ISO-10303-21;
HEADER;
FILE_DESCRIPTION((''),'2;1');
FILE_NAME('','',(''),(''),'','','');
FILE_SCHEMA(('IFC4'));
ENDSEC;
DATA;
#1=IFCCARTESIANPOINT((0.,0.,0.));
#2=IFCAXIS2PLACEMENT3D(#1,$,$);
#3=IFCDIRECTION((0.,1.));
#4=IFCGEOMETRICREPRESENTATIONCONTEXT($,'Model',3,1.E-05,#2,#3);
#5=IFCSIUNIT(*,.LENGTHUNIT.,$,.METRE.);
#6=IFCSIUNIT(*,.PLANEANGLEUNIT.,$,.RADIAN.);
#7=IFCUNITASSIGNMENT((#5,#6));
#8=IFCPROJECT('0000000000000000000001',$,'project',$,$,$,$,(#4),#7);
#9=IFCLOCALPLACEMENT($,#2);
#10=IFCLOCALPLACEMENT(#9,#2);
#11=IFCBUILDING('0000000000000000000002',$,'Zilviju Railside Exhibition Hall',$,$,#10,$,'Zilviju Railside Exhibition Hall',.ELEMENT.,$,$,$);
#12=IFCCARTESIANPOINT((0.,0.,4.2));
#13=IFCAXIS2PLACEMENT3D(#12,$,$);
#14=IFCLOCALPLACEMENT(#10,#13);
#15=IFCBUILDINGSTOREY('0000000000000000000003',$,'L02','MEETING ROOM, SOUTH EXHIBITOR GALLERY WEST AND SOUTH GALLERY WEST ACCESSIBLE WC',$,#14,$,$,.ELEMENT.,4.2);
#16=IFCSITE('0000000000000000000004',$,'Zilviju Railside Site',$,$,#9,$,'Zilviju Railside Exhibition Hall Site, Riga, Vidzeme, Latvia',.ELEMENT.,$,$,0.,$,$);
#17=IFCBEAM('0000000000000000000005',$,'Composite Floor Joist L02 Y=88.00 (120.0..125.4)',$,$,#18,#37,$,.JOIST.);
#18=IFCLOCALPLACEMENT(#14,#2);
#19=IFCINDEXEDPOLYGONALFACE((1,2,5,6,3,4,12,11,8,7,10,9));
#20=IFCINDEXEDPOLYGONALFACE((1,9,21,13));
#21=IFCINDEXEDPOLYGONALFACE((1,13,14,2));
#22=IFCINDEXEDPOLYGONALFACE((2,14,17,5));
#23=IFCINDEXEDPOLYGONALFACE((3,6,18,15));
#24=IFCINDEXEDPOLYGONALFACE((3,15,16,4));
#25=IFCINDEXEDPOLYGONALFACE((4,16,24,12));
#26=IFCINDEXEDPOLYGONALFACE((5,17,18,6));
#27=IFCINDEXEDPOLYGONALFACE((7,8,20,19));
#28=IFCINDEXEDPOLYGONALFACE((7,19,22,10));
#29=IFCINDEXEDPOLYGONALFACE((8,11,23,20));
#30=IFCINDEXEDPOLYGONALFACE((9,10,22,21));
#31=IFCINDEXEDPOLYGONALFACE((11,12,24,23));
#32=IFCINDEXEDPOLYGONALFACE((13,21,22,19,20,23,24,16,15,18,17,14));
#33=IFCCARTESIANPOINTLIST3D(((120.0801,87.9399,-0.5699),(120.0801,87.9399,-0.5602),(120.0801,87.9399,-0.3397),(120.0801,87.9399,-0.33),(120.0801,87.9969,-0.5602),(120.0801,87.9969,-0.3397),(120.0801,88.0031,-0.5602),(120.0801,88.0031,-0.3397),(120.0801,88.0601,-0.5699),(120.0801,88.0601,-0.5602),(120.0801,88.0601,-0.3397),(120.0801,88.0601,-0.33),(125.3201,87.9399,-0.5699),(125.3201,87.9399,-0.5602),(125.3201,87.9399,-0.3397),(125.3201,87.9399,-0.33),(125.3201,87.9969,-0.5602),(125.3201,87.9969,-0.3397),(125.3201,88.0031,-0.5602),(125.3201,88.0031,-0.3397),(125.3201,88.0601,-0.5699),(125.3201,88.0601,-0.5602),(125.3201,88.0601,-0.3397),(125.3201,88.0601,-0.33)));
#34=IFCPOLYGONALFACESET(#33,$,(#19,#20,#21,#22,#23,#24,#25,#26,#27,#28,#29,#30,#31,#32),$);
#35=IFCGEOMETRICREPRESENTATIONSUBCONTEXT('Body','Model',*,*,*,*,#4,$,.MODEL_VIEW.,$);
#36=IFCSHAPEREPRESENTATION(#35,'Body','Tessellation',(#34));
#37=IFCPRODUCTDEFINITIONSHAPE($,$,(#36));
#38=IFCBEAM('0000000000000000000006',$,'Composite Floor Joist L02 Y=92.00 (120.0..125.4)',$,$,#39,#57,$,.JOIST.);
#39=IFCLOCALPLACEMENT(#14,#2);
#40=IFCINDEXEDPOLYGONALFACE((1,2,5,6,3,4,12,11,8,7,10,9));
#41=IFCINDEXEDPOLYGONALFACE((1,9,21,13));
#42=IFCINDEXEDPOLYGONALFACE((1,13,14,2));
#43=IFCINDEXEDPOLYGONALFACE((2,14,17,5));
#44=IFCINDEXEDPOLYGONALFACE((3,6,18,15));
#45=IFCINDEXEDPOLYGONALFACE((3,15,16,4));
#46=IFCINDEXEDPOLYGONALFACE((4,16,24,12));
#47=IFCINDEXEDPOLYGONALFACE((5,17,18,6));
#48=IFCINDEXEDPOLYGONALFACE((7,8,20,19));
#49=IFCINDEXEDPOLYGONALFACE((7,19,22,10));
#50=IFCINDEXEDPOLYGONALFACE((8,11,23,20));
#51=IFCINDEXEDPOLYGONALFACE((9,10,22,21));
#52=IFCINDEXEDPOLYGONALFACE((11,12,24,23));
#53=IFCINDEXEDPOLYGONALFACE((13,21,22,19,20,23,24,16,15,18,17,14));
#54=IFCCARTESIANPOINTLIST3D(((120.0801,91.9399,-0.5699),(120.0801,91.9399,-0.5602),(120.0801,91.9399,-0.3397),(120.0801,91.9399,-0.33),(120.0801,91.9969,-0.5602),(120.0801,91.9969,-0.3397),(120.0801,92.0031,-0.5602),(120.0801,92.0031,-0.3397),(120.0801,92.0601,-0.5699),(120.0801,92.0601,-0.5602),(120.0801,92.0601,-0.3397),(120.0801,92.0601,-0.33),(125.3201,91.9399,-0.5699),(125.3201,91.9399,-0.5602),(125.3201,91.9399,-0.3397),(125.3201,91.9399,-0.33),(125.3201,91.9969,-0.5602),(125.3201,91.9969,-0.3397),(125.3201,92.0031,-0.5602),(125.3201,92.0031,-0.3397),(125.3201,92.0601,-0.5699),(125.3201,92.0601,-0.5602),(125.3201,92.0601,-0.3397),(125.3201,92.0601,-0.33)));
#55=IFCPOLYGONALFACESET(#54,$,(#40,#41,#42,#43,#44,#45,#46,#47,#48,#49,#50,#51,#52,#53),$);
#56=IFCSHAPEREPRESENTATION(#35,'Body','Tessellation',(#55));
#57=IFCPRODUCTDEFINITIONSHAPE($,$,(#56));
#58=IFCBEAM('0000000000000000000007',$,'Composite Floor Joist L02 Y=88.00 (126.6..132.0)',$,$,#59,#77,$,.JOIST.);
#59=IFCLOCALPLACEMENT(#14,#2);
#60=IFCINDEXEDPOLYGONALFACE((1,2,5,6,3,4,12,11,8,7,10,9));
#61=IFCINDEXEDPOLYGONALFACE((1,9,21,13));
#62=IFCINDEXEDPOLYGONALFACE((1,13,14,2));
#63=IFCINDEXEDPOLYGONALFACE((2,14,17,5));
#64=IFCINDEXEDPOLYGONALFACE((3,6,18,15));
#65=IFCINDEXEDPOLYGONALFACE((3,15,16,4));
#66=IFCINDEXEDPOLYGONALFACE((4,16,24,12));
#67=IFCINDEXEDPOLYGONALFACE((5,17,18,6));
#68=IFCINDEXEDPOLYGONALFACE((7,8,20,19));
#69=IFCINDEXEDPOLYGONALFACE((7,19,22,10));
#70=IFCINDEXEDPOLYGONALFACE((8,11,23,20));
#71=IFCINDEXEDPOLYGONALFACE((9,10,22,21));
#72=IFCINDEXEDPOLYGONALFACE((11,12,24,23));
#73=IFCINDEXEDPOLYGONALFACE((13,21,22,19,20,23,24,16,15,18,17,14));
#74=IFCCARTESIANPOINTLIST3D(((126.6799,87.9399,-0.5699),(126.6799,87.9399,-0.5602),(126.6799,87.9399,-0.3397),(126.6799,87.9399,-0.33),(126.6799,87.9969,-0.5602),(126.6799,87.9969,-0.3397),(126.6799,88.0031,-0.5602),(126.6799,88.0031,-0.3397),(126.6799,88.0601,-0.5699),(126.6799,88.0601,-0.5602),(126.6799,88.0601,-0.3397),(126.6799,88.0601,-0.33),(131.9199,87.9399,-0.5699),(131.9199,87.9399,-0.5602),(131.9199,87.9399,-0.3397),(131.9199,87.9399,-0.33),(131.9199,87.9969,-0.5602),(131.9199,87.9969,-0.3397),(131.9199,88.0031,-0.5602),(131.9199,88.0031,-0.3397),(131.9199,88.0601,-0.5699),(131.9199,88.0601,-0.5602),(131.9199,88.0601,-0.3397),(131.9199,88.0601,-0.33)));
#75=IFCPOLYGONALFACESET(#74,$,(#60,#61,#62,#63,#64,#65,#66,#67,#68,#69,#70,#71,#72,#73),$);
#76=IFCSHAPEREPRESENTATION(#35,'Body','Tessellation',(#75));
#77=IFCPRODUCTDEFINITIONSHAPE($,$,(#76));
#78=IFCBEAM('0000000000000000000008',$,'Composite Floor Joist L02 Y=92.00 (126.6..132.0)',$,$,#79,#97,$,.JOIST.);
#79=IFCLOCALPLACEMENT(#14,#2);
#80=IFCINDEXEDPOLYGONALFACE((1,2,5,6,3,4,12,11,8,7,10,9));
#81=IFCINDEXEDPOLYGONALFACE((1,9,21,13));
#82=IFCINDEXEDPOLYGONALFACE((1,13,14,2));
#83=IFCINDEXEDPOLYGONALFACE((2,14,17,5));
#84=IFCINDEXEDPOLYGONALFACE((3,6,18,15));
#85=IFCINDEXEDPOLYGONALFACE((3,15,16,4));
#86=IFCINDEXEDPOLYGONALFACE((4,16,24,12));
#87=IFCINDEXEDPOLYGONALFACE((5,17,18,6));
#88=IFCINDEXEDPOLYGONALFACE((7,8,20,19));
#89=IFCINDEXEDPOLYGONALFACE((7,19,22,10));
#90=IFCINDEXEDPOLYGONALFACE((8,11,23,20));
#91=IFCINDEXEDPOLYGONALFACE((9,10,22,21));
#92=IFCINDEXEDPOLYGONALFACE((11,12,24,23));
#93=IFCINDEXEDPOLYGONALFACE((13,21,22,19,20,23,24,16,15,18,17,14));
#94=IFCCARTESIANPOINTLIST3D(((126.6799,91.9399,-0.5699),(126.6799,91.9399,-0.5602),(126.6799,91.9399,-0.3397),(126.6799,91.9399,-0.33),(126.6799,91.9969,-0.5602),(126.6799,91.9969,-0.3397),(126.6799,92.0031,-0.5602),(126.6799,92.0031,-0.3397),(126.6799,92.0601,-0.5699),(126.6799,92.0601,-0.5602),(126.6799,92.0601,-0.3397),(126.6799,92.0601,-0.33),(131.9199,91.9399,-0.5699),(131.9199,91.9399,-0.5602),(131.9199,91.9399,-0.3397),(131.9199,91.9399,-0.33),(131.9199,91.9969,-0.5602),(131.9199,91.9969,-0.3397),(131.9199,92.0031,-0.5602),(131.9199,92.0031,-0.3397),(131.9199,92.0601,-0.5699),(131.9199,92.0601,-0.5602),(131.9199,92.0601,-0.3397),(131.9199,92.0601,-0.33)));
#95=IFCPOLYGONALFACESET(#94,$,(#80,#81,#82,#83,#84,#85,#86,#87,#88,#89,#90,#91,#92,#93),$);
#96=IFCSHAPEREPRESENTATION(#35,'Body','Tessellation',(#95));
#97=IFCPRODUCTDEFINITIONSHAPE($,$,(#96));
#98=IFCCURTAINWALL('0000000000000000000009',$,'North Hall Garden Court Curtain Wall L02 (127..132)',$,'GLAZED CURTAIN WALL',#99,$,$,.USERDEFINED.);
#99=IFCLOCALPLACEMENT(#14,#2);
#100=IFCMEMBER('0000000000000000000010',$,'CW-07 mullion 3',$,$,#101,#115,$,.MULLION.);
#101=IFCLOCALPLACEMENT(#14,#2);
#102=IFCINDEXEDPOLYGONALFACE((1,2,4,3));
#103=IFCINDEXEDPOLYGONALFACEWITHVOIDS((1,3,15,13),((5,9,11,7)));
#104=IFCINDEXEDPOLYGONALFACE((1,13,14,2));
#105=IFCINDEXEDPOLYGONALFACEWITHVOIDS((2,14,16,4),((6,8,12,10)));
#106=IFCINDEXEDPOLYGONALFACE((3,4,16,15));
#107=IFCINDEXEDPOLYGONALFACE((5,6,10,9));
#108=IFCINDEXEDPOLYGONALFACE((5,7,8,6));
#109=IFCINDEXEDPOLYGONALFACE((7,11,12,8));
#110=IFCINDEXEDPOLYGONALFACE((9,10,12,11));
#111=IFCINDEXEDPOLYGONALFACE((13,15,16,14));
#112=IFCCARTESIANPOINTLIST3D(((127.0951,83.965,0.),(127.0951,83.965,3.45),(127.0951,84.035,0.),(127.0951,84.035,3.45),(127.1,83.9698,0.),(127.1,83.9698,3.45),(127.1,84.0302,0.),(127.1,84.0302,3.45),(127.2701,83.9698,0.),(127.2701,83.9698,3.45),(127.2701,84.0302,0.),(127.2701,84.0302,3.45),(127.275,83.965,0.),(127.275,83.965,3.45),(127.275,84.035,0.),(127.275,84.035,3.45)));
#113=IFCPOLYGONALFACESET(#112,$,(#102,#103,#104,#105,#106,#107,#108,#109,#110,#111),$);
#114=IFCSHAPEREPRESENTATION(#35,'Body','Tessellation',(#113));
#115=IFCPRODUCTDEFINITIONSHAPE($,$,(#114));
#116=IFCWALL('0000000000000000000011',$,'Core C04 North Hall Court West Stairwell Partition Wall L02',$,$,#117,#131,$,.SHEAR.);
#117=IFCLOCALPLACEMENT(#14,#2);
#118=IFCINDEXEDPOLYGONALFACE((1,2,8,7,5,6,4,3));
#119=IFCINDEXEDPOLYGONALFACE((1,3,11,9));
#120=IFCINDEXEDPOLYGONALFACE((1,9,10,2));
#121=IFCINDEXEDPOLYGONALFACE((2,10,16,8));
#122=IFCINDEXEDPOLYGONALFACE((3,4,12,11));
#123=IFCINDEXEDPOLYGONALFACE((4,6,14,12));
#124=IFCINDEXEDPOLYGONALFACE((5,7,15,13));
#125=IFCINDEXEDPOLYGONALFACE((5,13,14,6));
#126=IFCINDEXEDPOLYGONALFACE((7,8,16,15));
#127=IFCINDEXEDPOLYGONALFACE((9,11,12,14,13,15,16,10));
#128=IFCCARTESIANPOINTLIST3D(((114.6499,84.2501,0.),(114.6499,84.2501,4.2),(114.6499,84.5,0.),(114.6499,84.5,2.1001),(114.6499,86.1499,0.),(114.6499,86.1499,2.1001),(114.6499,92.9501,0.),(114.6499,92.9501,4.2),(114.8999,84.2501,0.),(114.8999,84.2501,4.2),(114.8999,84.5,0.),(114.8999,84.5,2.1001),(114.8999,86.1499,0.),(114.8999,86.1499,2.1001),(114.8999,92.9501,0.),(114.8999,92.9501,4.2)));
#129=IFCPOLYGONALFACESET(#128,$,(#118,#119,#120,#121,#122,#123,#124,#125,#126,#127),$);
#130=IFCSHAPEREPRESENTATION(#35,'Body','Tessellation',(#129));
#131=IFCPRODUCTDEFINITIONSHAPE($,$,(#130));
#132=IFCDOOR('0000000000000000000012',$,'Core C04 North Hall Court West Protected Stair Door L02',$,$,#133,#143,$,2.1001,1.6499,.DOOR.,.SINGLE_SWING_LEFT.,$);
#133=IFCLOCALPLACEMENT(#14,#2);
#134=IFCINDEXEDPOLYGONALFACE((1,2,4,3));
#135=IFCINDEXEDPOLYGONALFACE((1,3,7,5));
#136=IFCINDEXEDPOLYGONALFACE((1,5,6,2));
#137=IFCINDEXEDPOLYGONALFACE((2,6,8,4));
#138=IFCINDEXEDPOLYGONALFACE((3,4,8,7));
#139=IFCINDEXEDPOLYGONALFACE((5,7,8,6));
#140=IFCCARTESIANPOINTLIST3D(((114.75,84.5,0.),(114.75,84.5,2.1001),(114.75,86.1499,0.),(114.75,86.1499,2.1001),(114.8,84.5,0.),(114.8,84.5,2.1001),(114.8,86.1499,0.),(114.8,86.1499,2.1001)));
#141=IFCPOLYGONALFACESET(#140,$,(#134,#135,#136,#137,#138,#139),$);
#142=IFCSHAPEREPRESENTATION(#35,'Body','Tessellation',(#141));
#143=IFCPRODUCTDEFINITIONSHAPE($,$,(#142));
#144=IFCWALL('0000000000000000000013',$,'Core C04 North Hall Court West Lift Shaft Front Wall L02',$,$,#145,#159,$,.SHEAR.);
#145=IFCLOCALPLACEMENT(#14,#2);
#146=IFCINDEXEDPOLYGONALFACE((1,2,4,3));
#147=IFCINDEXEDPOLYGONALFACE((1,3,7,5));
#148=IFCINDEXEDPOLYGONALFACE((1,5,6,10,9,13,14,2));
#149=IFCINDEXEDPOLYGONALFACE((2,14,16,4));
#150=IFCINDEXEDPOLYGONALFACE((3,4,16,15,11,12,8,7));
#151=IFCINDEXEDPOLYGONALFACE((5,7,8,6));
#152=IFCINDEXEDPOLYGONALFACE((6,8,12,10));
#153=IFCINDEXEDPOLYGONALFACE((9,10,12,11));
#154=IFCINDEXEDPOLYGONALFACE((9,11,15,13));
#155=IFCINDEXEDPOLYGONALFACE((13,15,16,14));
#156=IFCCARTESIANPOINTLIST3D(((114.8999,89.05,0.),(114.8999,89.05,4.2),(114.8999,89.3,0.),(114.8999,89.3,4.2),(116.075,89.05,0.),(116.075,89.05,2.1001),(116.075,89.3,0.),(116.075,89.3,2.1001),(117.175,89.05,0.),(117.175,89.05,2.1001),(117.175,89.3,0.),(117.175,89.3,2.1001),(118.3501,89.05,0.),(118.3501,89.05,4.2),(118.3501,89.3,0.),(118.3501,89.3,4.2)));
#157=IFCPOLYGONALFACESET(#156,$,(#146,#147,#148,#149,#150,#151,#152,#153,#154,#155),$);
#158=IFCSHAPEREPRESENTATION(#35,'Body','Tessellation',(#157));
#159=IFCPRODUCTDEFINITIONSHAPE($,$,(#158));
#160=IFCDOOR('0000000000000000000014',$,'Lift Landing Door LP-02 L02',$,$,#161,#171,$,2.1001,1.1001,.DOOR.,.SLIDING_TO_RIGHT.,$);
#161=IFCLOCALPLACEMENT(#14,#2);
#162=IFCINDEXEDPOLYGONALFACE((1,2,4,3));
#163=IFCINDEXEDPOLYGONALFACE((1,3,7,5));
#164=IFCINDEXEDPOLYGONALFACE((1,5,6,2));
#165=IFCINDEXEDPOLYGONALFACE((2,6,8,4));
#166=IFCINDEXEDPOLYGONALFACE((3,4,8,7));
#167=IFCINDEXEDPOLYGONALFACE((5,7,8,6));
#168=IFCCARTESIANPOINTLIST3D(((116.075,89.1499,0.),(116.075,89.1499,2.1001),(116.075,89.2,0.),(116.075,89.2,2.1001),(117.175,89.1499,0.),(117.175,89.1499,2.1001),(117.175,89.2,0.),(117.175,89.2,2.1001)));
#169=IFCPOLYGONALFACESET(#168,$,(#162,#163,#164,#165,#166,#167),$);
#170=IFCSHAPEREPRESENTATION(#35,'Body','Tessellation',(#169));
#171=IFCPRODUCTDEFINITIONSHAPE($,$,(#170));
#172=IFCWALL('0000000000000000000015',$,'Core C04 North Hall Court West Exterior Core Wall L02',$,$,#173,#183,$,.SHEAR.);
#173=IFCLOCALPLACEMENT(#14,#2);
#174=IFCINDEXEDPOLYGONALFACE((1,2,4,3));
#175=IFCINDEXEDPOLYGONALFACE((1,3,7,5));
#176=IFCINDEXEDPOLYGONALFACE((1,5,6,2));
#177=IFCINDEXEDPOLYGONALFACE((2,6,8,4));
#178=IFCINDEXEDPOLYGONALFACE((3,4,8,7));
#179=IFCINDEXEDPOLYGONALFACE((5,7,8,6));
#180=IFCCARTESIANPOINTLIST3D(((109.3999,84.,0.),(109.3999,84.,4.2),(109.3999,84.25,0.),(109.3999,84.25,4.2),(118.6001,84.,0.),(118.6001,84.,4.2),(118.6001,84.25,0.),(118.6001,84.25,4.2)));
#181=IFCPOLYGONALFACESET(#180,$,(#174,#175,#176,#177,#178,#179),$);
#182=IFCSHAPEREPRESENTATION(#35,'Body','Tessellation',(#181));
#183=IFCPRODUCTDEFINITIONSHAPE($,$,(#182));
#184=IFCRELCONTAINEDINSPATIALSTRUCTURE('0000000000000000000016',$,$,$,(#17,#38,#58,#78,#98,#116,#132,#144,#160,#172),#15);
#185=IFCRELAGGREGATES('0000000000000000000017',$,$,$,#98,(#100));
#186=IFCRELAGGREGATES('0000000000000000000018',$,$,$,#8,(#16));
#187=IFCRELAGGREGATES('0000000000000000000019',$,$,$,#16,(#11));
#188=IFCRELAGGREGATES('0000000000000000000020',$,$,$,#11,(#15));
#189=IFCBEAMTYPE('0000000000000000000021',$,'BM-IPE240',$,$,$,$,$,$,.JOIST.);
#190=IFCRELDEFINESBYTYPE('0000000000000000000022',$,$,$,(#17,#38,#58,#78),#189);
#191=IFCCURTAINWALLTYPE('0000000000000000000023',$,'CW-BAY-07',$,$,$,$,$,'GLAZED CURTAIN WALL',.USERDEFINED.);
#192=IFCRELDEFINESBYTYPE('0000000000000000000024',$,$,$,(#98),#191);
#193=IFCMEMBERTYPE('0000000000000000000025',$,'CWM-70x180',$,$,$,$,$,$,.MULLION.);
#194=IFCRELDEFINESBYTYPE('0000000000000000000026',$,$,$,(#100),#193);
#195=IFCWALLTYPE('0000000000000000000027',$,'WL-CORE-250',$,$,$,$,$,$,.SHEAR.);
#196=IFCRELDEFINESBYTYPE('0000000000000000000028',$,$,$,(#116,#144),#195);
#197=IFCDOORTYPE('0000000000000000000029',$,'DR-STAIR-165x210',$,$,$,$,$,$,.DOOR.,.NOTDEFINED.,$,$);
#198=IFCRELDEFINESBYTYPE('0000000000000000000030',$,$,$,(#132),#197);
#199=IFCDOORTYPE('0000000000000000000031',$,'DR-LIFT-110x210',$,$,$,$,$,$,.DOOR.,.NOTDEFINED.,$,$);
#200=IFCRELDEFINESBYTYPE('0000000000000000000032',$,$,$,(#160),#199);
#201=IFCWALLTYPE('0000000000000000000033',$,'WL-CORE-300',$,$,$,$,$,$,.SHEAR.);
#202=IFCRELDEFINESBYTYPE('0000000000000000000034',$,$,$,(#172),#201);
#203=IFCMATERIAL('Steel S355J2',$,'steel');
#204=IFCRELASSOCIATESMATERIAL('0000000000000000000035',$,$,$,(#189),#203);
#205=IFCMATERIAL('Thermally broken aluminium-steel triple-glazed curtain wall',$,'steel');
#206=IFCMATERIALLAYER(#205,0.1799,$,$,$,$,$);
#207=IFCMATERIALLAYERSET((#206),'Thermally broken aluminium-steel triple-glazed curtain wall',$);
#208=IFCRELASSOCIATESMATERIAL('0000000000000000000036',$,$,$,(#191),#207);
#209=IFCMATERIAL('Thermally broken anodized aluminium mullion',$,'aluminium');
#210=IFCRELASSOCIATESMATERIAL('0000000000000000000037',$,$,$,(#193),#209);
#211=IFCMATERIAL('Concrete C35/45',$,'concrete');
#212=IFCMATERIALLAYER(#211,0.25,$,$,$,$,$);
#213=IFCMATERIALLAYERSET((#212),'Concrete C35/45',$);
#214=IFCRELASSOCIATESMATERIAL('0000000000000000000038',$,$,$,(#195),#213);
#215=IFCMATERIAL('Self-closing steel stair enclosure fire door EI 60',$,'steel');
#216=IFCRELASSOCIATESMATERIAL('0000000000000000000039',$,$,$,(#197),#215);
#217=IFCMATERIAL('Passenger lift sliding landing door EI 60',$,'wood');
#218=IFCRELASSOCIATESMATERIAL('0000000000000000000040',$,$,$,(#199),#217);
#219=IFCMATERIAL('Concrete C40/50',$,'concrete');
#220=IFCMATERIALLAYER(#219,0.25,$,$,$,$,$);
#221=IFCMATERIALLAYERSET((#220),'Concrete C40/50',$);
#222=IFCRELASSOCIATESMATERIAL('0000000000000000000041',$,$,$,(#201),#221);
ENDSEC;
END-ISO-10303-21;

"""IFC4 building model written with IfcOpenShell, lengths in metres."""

from ifc_helpers import new_model, si_unit, direction, frame, frame_2d, origin, origin_2d, place, context, subcontext, project, spatial, rectangle, hollow_rectangle, i_section, extrude, material, layer, layer_set, material_profile, profile_set, type_object, element, fill, aggregate, save


model = new_model("IFC4")

# Units and contexts
model_context = context("Model", 3, precision=1e-05, world=origin(), true_north=direction((0.0, 1.0)))
body_context = subcontext(model_context, "Body", "Model", "MODEL_VIEW")
ifc_project = project(units=[si_unit("LENGTHUNIT", "METRE"), si_unit("PLANEANGLEUNIT", "RADIAN")], contexts=[model_context])

# Site, building, storey
site_placement = place(None, origin())
site = spatial("IfcSite", under=ifc_project, at=site_placement, Name="Zilviju Railside Site", LongName="Zilviju Railside Exhibition Hall Site, Riga, Vidzeme, Latvia", CompositionType="ELEMENT", RefElevation=0.0)
building_placement = place(site_placement, origin())
building = spatial("IfcBuilding", under=site, at=building_placement, Name="Zilviju Railside Exhibition Hall", LongName="Zilviju Railside Exhibition Hall", CompositionType="ELEMENT")
storey_placement = place(building_placement, frame((0.0, 0.0, 4.2)))
storey = spatial("IfcBuildingStorey", under=building, at=storey_placement, Name="L02", Description="MEETING ROOM, SOUTH EXHIBITOR GALLERY WEST AND SOUTH GALLERY WEST ACCESSIBLE WC", CompositionType="ELEMENT", Elevation=4.2)

# Shared definitions
ifc_material_1 = material(Name="Concrete C35/45", Category="concrete")
ifc_material_2 = material(Name="Concrete C40/50", Category="concrete")

# Beams
ifc_material_3 = material(Name="Steel S355J2", Category="steel")
ifc_material_profile_1 = material_profile(ifc_material_3, i_section(OverallWidth=0.1201, OverallDepth=0.24, WebThickness=0.0061, FlangeThickness=0.0098, at=origin_2d()), Name="IPE 240")
ifc_profile_set_1 = profile_set([ifc_material_profile_1], Name="Steel S355J2")
beam_type_1 = type_object("IfcBeamType", Name="BM-IPE240", PredefinedType="JOIST", material=ifc_profile_set_1)
for number, where, z_axis, x_axis, name in (
    (1, (120.0801, 88.0, -0.45), (1.0, 0.0, 0.0), (0.0, 1.0, 0.0), "Composite Floor Joist L02 Y=88.00 (120.0..125.4)"),
    (2, (120.0801, 92.0, -0.45), (1.0, 0.0, 0.0), (0.0, 1.0, 0.0), "Composite Floor Joist L02 Y=92.00 (120.0..125.4)"),
    (3, (126.6799, 88.0, -0.45), (1.0, 0.0, 0.0), (0.0, 1.0, 0.0), "Composite Floor Joist L02 Y=88.00 (126.6..132.0)"),
    (4, (126.6799, 92.0, -0.45), (1.0, 0.0, 0.0), (0.0, 1.0, 0.0), "Composite Floor Joist L02 Y=92.00 (126.6..132.0)"),
):
    element("IfcBeam", number, at=place(storey_placement, frame(where, z_axis=z_axis, x_axis=x_axis)), inside=storey, type_object=beam_type_1, Name=name, PredefinedType="JOIST", context=body_context, shape_type="SweptSolid", body=[
        extrude(i_section(OverallWidth=0.1201, OverallDepth=0.24, WebThickness=0.0061, FlangeThickness=0.0098, at=origin_2d()), origin(), (0.0, 0.0, 1.0), 5.24),
    ])

# Curtain wall, member
ifc_material_4 = material(Name="Thermally broken aluminium-steel triple-glazed curtain wall", Category="steel")
ifc_layer_1 = layer(ifc_material_4, 0.1799)
ifc_layer_set_1 = layer_set([ifc_layer_1], Name="Thermally broken aluminium-steel triple-glazed curtain wall")
curtain_wall_type = type_object("IfcCurtainWallType", Name="CW-BAY-07", ElementType="GLAZED CURTAIN WALL", PredefinedType="USERDEFINED", material=ifc_layer_set_1)
curtain_wall_placement = place(storey_placement, origin())
curtain_wall = element("IfcCurtainWall", 5, at=curtain_wall_placement, inside=storey, type_object=curtain_wall_type, Name="North Hall Garden Court Curtain Wall L02 (127..132)", ObjectType="GLAZED CURTAIN WALL", PredefinedType="USERDEFINED")
ifc_material_5 = material(Name="Thermally broken anodized aluminium mullion", Category="aluminium")
ifc_material_profile_2 = material_profile(ifc_material_5, hollow_rectangle(XDim=0.0701, YDim=0.1799, WallThickness=0.0049, at=origin_2d()), Name="MULLION 180x70x5")
ifc_profile_set_2 = profile_set([ifc_material_profile_2], Name="Thermally broken anodized aluminium mullion")
member_type = type_object("IfcMemberType", Name="CWM-70x180", PredefinedType="MULLION", material=ifc_profile_set_2)
member_placement = place(storey_placement, frame((127.1851, 84.0, 0.0), z_axis=(0.0, 0.0, 1.0), x_axis=(0.0, -1.0, 0.0)))
member = element("IfcMember", 6, at=member_placement, type_object=member_type, Name="CW-07 mullion 3", PredefinedType="MULLION", context=body_context, shape_type="SweptSolid", body=[
    extrude(hollow_rectangle(XDim=0.0701, YDim=0.1799, WallThickness=0.0049, at=origin_2d()), origin(), (0.0, 0.0, 1.0), 3.45),
])
aggregate(curtain_wall, [member])

# Walls, openings, doors
ifc_layer_2 = layer(ifc_material_1, 0.25)
ifc_layer_set_2 = layer_set([ifc_layer_2], Name="Concrete C35/45")
wall_type_1 = type_object("IfcWallType", Name="WL-CORE-250", PredefinedType="SHEAR", material=ifc_layer_set_2)
wall_1_placement = place(storey_placement, frame((114.7749, 84.25, 0.0), z_axis=(0.0, 0.0, 1.0), x_axis=(0.0, 1.0, 0.0)))
wall_1 = element("IfcWall", 7, at=wall_1_placement, inside=storey, type_object=wall_type_1, Name="Core C04 North Hall Court West Stairwell Partition Wall L02", PredefinedType="SHEAR", context=body_context, shape_type="SweptSolid", body=[
    extrude(rectangle(XDim=8.7, YDim=0.25, at=frame_2d((4.3501, 0.0))), origin(), (0.0, 0.0, 1.0), 4.2),
])
opening_1_placement = place(wall_1_placement, frame((0.25, 0.0, 0.0)))
opening_1 = element("IfcOpeningElement", 8, at=opening_1_placement, cuts=wall_1, PredefinedType="OPENING", context=body_context, shape_type="SweptSolid", body=[
    extrude(rectangle(XDim=1.6499, YDim=2.1001, at=frame_2d((0.825, 1.05))), frame((0.0, 0.135, 0.0), z_axis=(0.0, -1.0, 0.0), x_axis=(1.0, 0.0, 0.0)), (0.0, 0.0, 1.0), 0.27),
])
ifc_material_6 = material(Name="Self-closing steel stair enclosure fire door EI 60", Category="steel")
door_type_1 = type_object("IfcDoorType", Name="DR-STAIR-165x210", OperationType="NOTDEFINED", PredefinedType="DOOR", material=ifc_material_6)
door_1_placement = place(opening_1_placement, origin())
door_1 = element("IfcDoor", 9, at=door_1_placement, inside=storey, type_object=door_type_1, Name="Core C04 North Hall Court West Protected Stair Door L02", OperationType="SINGLE_SWING_LEFT", OverallHeight=2.1001, OverallWidth=1.6499, PredefinedType="DOOR", context=body_context, shape_type="SweptSolid", body=[
    extrude(rectangle(XDim=1.6499, YDim=2.1001, at=frame_2d((0.825, 1.05))), frame((0.0, 0.0249, 0.0), z_axis=(0.0, -1.0, 0.0), x_axis=(1.0, 0.0, 0.0)), (0.0, 0.0, 1.0), 0.05),
])
fill(opening_1, door_1)
wall_2_placement = place(storey_placement, frame((114.8999, 89.175, 0.0), z_axis=(0.0, 0.0, 1.0), x_axis=(1.0, 0.0, 0.0)))
wall_2 = element("IfcWall", 10, at=wall_2_placement, inside=storey, type_object=wall_type_1, Name="Core C04 North Hall Court West Lift Shaft Front Wall L02", PredefinedType="SHEAR", context=body_context, shape_type="SweptSolid", body=[
    extrude(rectangle(XDim=3.4502, YDim=0.25, at=frame_2d((1.7251, 0.0))), origin(), (0.0, 0.0, 1.0), 4.2),
])
opening_2_placement = place(wall_2_placement, frame((1.175, 0.0, 0.0)))
opening_2 = element("IfcOpeningElement", 11, at=opening_2_placement, cuts=wall_2, PredefinedType="OPENING", context=body_context, shape_type="SweptSolid", body=[
    extrude(rectangle(XDim=1.1001, YDim=2.1001, at=frame_2d((0.55, 1.05))), frame((0.0, 0.135, 0.0), z_axis=(0.0, -1.0, 0.0), x_axis=(1.0, 0.0, 0.0)), (0.0, 0.0, 1.0), 0.27),
])
ifc_material_7 = material(Name="Passenger lift sliding landing door EI 60", Category="wood")
door_type_2 = type_object("IfcDoorType", Name="DR-LIFT-110x210", OperationType="NOTDEFINED", PredefinedType="DOOR", material=ifc_material_7)
door_2_placement = place(opening_2_placement, origin())
door_2 = element("IfcDoor", 12, at=door_2_placement, inside=storey, type_object=door_type_2, Name="Lift Landing Door LP-02 L02", OperationType="SLIDING_TO_RIGHT", OverallHeight=2.1001, OverallWidth=1.1001, PredefinedType="DOOR", context=body_context, shape_type="SweptSolid", body=[
    extrude(rectangle(XDim=1.1001, YDim=2.1001, at=frame_2d((0.55, 1.05))), frame((0.0, 0.0249, 0.0), z_axis=(0.0, -1.0, 0.0), x_axis=(1.0, 0.0, 0.0)), (0.0, 0.0, 1.0), 0.05),
])
fill(opening_2, door_2)

# Wall
ifc_layer_3 = layer(ifc_material_2, 0.25)
ifc_layer_set_3 = layer_set([ifc_layer_3], Name="Concrete C40/50")
wall_type_2 = type_object("IfcWallType", Name="WL-CORE-300", PredefinedType="SHEAR", material=ifc_layer_set_3)
wall_3_placement = place(storey_placement, frame((118.6001, 84.125, 0.0), z_axis=(0.0, 0.0, 1.0), x_axis=(-1.0, 0.0, 0.0)))
element("IfcWall", 13, at=wall_3_placement, inside=storey, type_object=wall_type_2, Name="Core C04 North Hall Court West Exterior Core Wall L02", PredefinedType="SHEAR", context=body_context, shape_type="SweptSolid", body=[
    extrude(rectangle(XDim=9.2002, YDim=0.25, at=frame_2d((4.6001, 0.0))), origin(), (0.0, 0.0, 1.0), 4.2),
])

save(model, "model.ifc")
